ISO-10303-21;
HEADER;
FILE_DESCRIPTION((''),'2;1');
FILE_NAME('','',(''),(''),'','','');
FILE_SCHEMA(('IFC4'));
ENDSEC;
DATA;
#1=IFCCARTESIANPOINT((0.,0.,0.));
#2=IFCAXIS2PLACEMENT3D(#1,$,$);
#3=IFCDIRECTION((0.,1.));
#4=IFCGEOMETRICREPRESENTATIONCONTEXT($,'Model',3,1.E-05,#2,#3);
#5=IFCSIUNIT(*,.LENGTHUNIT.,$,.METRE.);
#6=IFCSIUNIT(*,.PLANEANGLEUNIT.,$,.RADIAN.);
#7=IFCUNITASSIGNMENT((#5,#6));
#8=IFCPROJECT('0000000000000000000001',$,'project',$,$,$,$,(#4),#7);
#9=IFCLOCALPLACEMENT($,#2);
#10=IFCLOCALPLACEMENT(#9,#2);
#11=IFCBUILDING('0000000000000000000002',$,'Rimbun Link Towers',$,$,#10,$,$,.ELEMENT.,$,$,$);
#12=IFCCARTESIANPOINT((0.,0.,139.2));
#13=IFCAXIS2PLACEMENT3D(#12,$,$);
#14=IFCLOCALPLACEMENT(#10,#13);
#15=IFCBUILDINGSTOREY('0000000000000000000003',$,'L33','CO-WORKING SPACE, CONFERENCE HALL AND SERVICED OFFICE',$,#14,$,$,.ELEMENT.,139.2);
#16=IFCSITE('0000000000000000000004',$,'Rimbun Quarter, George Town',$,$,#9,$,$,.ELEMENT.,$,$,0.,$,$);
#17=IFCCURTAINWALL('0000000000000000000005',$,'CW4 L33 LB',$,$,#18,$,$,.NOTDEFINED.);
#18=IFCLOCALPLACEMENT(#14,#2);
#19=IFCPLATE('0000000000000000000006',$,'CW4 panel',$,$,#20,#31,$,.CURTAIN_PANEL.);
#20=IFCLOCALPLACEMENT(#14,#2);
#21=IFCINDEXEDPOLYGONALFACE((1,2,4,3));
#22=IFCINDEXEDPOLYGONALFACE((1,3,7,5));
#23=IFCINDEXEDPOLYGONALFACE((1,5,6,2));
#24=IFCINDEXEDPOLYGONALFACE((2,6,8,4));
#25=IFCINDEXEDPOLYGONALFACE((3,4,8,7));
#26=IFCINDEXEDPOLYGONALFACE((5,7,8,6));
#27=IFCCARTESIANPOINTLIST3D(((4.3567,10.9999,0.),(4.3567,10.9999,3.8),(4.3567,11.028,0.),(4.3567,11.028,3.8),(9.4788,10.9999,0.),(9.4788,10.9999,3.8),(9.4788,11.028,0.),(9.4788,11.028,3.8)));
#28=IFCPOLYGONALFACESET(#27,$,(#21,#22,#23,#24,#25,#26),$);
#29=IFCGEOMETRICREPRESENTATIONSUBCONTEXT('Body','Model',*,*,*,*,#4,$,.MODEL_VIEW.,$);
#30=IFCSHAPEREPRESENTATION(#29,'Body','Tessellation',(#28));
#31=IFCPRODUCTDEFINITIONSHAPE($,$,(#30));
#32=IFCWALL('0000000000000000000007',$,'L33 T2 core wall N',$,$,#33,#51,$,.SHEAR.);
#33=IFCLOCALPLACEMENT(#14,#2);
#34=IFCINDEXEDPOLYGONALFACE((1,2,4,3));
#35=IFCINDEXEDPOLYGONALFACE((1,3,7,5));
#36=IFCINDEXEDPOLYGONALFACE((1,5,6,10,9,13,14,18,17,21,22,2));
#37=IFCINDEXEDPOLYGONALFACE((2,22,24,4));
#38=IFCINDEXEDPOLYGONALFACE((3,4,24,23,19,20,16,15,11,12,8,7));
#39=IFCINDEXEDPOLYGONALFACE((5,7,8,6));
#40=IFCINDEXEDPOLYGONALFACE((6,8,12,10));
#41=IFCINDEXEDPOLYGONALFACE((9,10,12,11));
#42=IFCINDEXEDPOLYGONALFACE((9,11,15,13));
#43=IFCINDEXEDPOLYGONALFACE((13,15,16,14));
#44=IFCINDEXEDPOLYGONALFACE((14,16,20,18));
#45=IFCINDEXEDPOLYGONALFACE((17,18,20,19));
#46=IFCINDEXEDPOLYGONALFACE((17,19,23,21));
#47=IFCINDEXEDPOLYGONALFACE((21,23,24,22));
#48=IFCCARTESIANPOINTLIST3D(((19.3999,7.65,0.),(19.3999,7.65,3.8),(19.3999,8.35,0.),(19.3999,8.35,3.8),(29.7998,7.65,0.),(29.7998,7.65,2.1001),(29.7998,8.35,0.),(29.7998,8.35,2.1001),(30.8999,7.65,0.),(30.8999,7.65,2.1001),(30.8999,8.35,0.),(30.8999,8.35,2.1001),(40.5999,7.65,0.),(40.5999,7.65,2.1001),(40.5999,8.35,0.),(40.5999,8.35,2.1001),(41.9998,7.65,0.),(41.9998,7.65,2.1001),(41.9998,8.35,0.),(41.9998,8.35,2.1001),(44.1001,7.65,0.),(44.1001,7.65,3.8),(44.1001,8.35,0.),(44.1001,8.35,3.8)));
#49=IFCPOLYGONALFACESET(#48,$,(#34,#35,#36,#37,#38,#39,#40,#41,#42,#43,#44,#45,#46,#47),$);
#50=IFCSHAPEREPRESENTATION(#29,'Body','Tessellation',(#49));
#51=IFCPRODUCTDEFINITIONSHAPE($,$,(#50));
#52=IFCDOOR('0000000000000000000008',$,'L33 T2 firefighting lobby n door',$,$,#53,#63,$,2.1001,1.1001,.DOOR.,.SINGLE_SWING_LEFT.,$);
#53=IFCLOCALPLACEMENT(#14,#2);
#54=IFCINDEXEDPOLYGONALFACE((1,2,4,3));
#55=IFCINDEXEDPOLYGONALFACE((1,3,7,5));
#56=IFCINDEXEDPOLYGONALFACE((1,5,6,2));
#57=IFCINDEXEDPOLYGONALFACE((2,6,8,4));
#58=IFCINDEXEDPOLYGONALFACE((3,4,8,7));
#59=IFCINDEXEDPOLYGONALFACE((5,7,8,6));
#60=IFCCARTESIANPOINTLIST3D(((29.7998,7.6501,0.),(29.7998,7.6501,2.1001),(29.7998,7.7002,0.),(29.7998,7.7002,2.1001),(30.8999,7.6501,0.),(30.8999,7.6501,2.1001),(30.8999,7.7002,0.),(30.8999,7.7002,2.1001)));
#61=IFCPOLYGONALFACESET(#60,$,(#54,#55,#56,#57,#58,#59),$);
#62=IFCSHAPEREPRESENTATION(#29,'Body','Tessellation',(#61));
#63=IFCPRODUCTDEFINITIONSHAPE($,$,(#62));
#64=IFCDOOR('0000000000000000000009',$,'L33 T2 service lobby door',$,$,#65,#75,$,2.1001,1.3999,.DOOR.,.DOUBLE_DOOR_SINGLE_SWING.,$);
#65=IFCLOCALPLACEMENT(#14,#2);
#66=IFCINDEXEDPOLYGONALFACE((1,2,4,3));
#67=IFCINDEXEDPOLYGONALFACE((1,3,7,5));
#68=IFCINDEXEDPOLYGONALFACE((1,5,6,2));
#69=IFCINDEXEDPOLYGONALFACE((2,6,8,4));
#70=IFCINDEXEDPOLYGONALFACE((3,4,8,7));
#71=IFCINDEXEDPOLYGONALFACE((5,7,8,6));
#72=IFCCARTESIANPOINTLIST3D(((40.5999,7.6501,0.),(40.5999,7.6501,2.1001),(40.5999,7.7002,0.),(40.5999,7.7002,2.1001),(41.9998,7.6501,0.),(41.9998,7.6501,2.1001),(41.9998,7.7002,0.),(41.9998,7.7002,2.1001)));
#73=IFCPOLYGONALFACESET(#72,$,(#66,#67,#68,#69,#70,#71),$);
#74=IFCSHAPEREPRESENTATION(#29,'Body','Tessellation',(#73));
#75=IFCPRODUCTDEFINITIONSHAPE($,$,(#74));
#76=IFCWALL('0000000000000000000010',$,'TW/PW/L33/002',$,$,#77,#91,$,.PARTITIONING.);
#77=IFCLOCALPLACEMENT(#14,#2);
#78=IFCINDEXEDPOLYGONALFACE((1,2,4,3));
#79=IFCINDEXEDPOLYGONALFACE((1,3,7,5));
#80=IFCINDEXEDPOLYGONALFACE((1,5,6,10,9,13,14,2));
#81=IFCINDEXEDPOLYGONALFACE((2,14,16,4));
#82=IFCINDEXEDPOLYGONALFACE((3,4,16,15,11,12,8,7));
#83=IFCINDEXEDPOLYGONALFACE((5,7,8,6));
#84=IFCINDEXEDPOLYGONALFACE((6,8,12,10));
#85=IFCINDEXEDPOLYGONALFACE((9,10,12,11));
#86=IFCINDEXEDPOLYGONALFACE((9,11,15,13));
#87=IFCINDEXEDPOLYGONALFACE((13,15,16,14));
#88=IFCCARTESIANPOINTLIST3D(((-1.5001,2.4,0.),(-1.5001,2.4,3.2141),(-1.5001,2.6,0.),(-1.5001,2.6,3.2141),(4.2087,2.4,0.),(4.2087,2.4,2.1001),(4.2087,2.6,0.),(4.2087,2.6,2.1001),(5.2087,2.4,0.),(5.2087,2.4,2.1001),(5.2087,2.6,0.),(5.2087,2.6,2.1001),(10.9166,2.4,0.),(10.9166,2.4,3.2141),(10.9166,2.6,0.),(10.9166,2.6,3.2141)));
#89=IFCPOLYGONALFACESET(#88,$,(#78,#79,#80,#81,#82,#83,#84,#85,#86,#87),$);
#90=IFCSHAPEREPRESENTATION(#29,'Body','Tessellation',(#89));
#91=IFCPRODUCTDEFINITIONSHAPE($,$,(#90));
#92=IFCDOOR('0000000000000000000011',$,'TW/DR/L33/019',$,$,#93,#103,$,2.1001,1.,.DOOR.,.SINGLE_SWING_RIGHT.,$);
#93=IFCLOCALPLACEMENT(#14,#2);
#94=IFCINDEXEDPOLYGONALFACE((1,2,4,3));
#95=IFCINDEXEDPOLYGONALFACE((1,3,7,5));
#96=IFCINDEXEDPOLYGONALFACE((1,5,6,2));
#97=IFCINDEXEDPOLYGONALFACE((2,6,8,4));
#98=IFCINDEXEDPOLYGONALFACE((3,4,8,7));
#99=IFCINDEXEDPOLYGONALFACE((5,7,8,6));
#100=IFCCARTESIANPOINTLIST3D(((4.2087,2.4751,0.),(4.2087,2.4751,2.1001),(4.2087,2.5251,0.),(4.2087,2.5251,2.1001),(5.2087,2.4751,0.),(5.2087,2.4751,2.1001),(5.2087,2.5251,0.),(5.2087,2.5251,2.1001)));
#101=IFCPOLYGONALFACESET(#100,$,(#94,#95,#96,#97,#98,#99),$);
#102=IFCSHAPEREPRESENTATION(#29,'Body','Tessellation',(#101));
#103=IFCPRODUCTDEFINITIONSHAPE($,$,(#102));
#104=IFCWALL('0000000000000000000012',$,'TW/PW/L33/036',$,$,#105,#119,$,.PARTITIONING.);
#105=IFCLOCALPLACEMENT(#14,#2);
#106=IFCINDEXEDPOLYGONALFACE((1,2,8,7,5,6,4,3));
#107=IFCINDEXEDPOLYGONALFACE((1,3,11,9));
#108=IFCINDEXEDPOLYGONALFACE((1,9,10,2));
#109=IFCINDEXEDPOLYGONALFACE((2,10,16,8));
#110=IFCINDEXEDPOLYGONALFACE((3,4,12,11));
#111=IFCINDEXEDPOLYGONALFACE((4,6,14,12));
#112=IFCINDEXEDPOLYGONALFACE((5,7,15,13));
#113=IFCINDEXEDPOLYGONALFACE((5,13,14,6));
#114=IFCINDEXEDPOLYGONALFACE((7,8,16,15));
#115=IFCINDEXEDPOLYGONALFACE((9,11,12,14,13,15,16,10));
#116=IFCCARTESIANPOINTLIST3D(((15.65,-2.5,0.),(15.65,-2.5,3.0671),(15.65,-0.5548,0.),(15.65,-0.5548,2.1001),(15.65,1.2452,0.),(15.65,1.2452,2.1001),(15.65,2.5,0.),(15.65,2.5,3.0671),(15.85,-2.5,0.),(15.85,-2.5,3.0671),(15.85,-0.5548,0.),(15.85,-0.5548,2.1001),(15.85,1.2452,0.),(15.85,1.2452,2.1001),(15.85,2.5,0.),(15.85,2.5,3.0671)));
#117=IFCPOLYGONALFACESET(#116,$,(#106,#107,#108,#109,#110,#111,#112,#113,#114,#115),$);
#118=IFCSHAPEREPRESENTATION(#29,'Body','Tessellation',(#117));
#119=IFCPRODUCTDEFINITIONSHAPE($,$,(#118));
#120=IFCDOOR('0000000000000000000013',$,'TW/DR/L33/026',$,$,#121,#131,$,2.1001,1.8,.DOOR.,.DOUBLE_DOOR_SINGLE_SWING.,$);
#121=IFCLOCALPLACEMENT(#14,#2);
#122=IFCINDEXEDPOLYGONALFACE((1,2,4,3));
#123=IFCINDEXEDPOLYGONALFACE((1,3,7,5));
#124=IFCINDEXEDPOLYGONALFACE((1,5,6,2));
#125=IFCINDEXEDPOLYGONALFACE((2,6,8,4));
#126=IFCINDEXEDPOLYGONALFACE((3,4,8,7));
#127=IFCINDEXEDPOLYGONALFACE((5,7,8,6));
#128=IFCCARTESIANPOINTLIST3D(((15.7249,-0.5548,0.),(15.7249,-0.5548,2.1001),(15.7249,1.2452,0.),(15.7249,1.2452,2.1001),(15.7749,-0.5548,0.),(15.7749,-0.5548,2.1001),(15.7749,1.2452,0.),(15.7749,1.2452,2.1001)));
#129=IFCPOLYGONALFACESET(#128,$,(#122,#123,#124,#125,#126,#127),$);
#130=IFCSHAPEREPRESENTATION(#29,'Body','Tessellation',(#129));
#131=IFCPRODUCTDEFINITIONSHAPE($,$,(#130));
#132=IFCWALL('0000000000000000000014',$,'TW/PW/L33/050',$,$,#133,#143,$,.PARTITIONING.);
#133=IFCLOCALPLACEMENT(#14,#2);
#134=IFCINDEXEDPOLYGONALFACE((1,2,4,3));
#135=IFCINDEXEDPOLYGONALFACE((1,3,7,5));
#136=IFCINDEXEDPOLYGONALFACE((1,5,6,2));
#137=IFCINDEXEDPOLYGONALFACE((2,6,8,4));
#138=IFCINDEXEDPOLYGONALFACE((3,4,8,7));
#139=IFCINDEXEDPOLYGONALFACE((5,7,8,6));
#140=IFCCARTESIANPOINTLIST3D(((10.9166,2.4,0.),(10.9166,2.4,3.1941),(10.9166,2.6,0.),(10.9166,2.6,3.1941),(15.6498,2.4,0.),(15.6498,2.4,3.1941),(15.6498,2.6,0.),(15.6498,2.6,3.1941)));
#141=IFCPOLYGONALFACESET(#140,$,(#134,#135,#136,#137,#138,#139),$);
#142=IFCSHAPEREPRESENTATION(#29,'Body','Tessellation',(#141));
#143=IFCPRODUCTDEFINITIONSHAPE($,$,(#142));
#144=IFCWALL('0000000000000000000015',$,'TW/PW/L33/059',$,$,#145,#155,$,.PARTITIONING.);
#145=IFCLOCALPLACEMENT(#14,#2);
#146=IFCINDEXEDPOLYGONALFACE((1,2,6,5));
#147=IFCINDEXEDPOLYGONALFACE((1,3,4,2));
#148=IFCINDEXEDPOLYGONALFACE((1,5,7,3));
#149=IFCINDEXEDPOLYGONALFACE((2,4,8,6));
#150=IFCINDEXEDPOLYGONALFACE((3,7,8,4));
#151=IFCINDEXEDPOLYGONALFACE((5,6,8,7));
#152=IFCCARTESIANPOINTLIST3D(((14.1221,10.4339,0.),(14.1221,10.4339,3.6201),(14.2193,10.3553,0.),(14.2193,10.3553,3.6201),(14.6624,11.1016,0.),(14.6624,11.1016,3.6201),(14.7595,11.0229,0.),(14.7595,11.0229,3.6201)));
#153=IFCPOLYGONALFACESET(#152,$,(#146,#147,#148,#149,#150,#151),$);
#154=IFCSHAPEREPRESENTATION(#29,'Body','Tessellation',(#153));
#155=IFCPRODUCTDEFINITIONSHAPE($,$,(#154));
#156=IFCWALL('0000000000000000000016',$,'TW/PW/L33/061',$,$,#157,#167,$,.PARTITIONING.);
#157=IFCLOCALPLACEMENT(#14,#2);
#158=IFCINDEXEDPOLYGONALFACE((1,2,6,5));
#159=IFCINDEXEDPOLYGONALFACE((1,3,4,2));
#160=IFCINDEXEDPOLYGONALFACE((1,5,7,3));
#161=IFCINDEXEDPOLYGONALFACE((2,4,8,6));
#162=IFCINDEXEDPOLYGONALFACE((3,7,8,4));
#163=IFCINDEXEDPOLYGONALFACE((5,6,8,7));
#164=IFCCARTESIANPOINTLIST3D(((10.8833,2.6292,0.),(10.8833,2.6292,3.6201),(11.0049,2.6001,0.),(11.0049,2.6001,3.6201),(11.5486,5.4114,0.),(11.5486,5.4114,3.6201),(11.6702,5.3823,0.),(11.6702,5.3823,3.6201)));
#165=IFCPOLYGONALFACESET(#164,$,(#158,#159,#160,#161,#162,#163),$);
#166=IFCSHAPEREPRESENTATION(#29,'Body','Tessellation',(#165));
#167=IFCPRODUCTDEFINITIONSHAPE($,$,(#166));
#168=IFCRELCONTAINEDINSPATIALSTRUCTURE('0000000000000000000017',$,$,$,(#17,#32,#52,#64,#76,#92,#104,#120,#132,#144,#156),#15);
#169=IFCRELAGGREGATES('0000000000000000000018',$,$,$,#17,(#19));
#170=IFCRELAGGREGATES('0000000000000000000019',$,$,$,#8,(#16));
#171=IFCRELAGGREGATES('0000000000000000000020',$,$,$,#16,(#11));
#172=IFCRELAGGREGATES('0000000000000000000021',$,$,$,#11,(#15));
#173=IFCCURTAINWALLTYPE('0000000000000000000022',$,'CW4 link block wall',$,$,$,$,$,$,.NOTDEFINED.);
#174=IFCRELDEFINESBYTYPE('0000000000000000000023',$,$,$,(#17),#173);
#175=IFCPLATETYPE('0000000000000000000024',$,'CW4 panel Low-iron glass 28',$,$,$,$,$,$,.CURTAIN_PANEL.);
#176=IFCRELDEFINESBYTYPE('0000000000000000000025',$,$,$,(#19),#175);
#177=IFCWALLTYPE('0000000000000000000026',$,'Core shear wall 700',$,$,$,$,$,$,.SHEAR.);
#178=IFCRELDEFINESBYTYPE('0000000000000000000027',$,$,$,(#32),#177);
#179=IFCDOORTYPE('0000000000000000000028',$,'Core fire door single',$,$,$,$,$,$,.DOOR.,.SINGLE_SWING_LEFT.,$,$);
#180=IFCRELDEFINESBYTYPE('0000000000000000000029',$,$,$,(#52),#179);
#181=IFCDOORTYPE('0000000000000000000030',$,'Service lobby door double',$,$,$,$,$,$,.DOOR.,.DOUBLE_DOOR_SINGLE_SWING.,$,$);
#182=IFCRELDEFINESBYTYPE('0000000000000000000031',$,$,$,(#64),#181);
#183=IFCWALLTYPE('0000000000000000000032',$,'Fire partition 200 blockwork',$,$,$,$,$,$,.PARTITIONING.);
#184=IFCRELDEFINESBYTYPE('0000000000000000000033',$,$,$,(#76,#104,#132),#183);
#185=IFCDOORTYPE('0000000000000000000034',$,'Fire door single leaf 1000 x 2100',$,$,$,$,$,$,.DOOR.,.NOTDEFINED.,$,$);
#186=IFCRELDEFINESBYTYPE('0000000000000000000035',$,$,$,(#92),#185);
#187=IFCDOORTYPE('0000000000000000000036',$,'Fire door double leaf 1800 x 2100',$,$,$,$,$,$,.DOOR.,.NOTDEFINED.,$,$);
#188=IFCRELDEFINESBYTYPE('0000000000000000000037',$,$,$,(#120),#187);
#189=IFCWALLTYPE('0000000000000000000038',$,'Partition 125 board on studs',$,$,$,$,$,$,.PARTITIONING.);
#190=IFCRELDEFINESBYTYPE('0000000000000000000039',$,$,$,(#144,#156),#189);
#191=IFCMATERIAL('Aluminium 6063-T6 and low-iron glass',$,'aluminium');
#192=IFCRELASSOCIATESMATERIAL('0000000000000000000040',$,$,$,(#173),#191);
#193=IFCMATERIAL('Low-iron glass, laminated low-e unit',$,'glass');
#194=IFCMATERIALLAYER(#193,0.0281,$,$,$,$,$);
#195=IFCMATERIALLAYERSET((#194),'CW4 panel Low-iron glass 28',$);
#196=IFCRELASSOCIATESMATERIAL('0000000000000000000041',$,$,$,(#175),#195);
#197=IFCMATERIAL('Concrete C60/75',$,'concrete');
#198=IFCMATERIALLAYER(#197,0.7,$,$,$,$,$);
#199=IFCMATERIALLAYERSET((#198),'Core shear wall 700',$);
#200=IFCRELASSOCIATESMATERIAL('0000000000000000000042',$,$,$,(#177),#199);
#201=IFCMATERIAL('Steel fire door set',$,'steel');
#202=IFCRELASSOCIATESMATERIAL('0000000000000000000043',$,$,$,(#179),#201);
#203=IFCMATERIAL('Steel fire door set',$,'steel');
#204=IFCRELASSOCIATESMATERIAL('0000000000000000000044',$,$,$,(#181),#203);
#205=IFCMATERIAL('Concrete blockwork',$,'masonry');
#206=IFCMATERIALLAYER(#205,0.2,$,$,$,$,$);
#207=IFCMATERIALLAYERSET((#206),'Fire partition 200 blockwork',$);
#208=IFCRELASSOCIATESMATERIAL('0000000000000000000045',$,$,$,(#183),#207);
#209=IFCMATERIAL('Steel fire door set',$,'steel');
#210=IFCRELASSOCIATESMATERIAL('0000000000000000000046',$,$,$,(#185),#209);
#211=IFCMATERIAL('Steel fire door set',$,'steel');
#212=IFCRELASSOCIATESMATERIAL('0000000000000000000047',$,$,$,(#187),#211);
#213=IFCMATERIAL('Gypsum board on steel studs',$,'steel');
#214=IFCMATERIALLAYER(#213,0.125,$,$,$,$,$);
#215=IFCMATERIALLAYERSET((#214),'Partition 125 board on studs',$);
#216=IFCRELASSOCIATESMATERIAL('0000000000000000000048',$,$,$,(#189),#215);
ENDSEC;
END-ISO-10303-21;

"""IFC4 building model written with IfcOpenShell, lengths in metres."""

from ifc_helpers import new_model, si_unit, direction, frame, frame_2d, origin, origin_2d, place, context, subcontext, project, spatial, rectangle, extrude, material, layer, layer_set, type_object, element, fill, aggregate, save


model = new_model("IFC4")

# Units and contexts
model_context = context("Model", 3, precision=1e-05, world=origin(), true_north=direction((0.0, 1.0)))
body_context = subcontext(model_context, "Body", "Model", "MODEL_VIEW")
ifc_project = project(units=[si_unit("LENGTHUNIT", "METRE"), si_unit("PLANEANGLEUNIT", "RADIAN")], contexts=[model_context])

# Site, building, storey
site_placement = place(None, origin())
site = spatial("IfcSite", under=ifc_project, at=site_placement, Name="Rimbun Quarter, George Town", CompositionType="ELEMENT", RefElevation=0.0)
building_placement = place(site_placement, origin())
building = spatial("IfcBuilding", under=site, at=building_placement, Name="Rimbun Link Towers", CompositionType="ELEMENT")
storey_placement = place(building_placement, frame((0.0, 0.0, 139.2)))
storey = spatial("IfcBuildingStorey", under=building, at=storey_placement, Name="L33", Description="CO-WORKING SPACE, CONFERENCE HALL AND SERVICED OFFICE", CompositionType="ELEMENT", Elevation=139.2)

# Curtain wall
ifc_material_1 = material(Name="Aluminium 6063-T6 and low-iron glass", Category="aluminium")
curtain_wall_type = type_object("IfcCurtainWallType", Name="CW4 link block wall", PredefinedType="NOTDEFINED", material=ifc_material_1)
curtain_wall_placement = place(storey_placement, origin())
curtain_wall = element("IfcCurtainWall", 1, at=curtain_wall_placement, inside=storey, type_object=curtain_wall_type, Name="CW4 L33 LB", PredefinedType="NOTDEFINED")

# Plate
ifc_material_2 = material(Name="Low-iron glass, laminated low-e unit", Category="glass")
ifc_layer_1 = layer(ifc_material_2, 0.0281)
ifc_layer_set_1 = layer_set([ifc_layer_1], Name="CW4 panel Low-iron glass 28")
plate_type_1 = type_object("IfcPlateType", Name="CW4 panel Low-iron glass 28", PredefinedType="CURTAIN_PANEL", material=ifc_layer_set_1)
plate_1_placement = place(storey_placement, frame((6.9177, 11.0139, 0.0), z_axis=(0.0, 0.0, 1.0), x_axis=(1.0, 0.0, 0.0)))
plate_1 = element("IfcPlate", 2, at=plate_1_placement, type_object=plate_type_1, Name="CW4 panel", PredefinedType="CURTAIN_PANEL", context=body_context, shape_type="SweptSolid", body=[
    extrude(rectangle(XDim=5.1221, YDim=0.0281, at=origin_2d()), origin(), (0.0, 0.0, 1.0), 3.8),
])
aggregate(curtain_wall, [plate_1])

# Wall, openings, doors
ifc_material_3 = material(Name="Concrete C60/75", Category="concrete")
ifc_layer_2 = layer(ifc_material_3, 0.7)
ifc_layer_set_2 = layer_set([ifc_layer_2], Name="Core shear wall 700")
wall_type_1 = type_object("IfcWallType", Name="Core shear wall 700", PredefinedType="SHEAR", material=ifc_layer_set_2)
wall_1_placement = place(storey_placement, frame((19.3999, 8.0, 0.0), z_axis=(0.0, 0.0, 1.0), x_axis=(1.0, 0.0, 0.0)))
wall_1 = element("IfcWall", 3, at=wall_1_placement, inside=storey, type_object=wall_type_1, Name="L33 T2 core wall N", PredefinedType="SHEAR", context=body_context, shape_type="SweptSolid", body=[
    extrude(rectangle(XDim=24.7002, YDim=0.7, at=frame_2d((12.3501, 0.0))), origin(), (0.0, 0.0, 1.0), 3.8),
])
opening_1_placement = place(wall_1_placement, frame((10.3999, 0.0, 0.0)))
opening_1 = element("IfcOpeningElement", 4, at=opening_1_placement, cuts=wall_1, PredefinedType="OPENING", context=body_context, shape_type="SweptSolid", body=[
    extrude(rectangle(XDim=1.1001, YDim=2.1001, at=frame_2d((0.55, 1.05))), frame((0.0, 0.3599, 0.0), z_axis=(0.0, -1.0, 0.0), x_axis=(1.0, 0.0, 0.0)), (0.0, 0.0, 1.0), 0.72),
])
opening_2_placement = place(wall_1_placement, frame((21.2, 0.0, 0.0)))
opening_2 = element("IfcOpeningElement", 5, at=opening_2_placement, cuts=wall_1, PredefinedType="OPENING", context=body_context, shape_type="SweptSolid", body=[
    extrude(rectangle(XDim=1.3999, YDim=2.1001, at=frame_2d((0.7, 1.05))), frame((0.0, 0.3599, 0.0), z_axis=(0.0, -1.0, 0.0), x_axis=(1.0, 0.0, 0.0)), (0.0, 0.0, 1.0), 0.72),
])
ifc_material_4 = material(Name="Steel fire door set", Category="steel")
door_type_1 = type_object("IfcDoorType", Name="Core fire door single", OperationType="SINGLE_SWING_LEFT", PredefinedType="DOOR", material=ifc_material_4)
door_1_placement = place(opening_1_placement, origin())
door_1 = element("IfcDoor", 6, at=door_1_placement, inside=storey, type_object=door_type_1, Name="L33 T2 firefighting lobby n door", OperationType="SINGLE_SWING_LEFT", OverallHeight=2.1001, OverallWidth=1.1001, PredefinedType="DOOR", context=body_context, shape_type="SweptSolid", body=[
    extrude(rectangle(XDim=1.1001, YDim=2.1001, at=frame_2d((0.55, 1.05))), frame((0.0, -0.2998, 0.0), z_axis=(0.0, -1.0, 0.0), x_axis=(1.0, 0.0, 0.0)), (0.0, 0.0, 1.0), 0.05),
])
fill(opening_1, door_1)
ifc_material_5 = material(Name="Steel fire door set", Category="steel")
door_type_2 = type_object("IfcDoorType", Name="Service lobby door double", OperationType="DOUBLE_DOOR_SINGLE_SWING", PredefinedType="DOOR", material=ifc_material_5)
door_2_placement = place(opening_2_placement, origin())
door_2 = element("IfcDoor", 7, at=door_2_placement, inside=storey, type_object=door_type_2, Name="L33 T2 service lobby door", OperationType="DOUBLE_DOOR_SINGLE_SWING", OverallHeight=2.1001, OverallWidth=1.3999, PredefinedType="DOOR", context=body_context, shape_type="SweptSolid", body=[
    extrude(rectangle(XDim=1.3999, YDim=2.1001, at=frame_2d((0.7, 1.05))), frame((0.0, -0.2998, 0.0), z_axis=(0.0, -1.0, 0.0), x_axis=(1.0, 0.0, 0.0)), (0.0, 0.0, 1.0), 0.05),
])
fill(opening_2, door_2)

# Walls, openings, doors
ifc_material_6 = material(Name="Concrete blockwork", Category="masonry")
ifc_layer_3 = layer(ifc_material_6, 0.2)
ifc_layer_set_3 = layer_set([ifc_layer_3], Name="Fire partition 200 blockwork")
wall_type_2 = type_object("IfcWallType", Name="Fire partition 200 blockwork", PredefinedType="PARTITIONING", material=ifc_layer_set_3)
wall_2_placement = place(storey_placement, frame((10.9167, 2.5, 0.0), z_axis=(0.0, 0.0, 1.0), x_axis=(-1.0, 0.0, 0.0)))
wall_2 = element("IfcWall", 8, at=wall_2_placement, inside=storey, type_object=wall_type_2, Name="TW/PW/L33/002", PredefinedType="PARTITIONING", context=body_context, shape_type="SweptSolid", body=[
    extrude(rectangle(XDim=12.4167, YDim=0.2, at=frame_2d((6.2085, 0.0))), origin(), (0.0, 0.0, 1.0), 3.2141),
])
opening_3_placement = place(wall_2_placement, frame((5.708, 0.0, 0.0)))
opening_3 = element("IfcOpeningElement", 9, at=opening_3_placement, cuts=wall_2, PredefinedType="OPENING", context=body_context, shape_type="SweptSolid", body=[
    extrude(rectangle(XDim=1.0, YDim=2.1001, at=frame_2d((0.5, 1.05))), frame((0.0, 0.1099, 0.0), z_axis=(0.0, -1.0, 0.0), x_axis=(1.0, 0.0, 0.0)), (0.0, 0.0, 1.0), 0.22),
])
ifc_material_7 = material(Name="Steel fire door set", Category="steel")
door_type_3 = type_object("IfcDoorType", Name="Fire door single leaf 1000 x 2100", OperationType="NOTDEFINED", PredefinedType="DOOR", material=ifc_material_7)
door_3_placement = place(opening_3_placement, origin())
door_3 = element("IfcDoor", 10, at=door_3_placement, inside=storey, type_object=door_type_3, Name="TW/DR/L33/019", OperationType="SINGLE_SWING_RIGHT", OverallHeight=2.1001, OverallWidth=1.0, PredefinedType="DOOR", context=body_context, shape_type="SweptSolid", body=[
    extrude(rectangle(XDim=1.0, YDim=2.1001, at=frame_2d((0.5, 1.05))), frame((0.0, 0.0249, 0.0), z_axis=(0.0, -1.0, 0.0), x_axis=(1.0, 0.0, 0.0)), (0.0, 0.0, 1.0), 0.05),
])
fill(opening_3, door_3)
wall_3_placement = place(storey_placement, frame((15.75, 2.5, 0.0), z_axis=(0.0, 0.0, 1.0), x_axis=(0.0, -1.0, 0.0)))
wall_3 = element("IfcWall", 11, at=wall_3_placement, inside=storey, type_object=wall_type_2, Name="TW/PW/L33/036", PredefinedType="PARTITIONING", context=body_context, shape_type="SweptSolid", body=[
    extrude(rectangle(XDim=5.0, YDim=0.2, at=frame_2d((2.5, 0.0))), origin(), (0.0, 0.0, 1.0), 3.0671),
])
opening_4_placement = place(wall_3_placement, frame((1.2549, 0.0, 0.0)))
opening_4 = element("IfcOpeningElement", 12, at=opening_4_placement, cuts=wall_3, PredefinedType="OPENING", context=body_context, shape_type="SweptSolid", body=[
    extrude(rectangle(XDim=1.8, YDim=2.1001, at=frame_2d((0.8999, 1.05))), frame((0.0, 0.1099, 0.0), z_axis=(0.0, -1.0, 0.0), x_axis=(1.0, 0.0, 0.0)), (0.0, 0.0, 1.0), 0.22),
])
ifc_material_8 = material(Name="Steel fire door set", Category="steel")
door_type_4 = type_object("IfcDoorType", Name="Fire door double leaf 1800 x 2100", OperationType="NOTDEFINED", PredefinedType="DOOR", material=ifc_material_8)
door_4_placement = place(opening_4_placement, origin())
door_4 = element("IfcDoor", 13, at=door_4_placement, inside=storey, type_object=door_type_4, Name="TW/DR/L33/026", OperationType="DOUBLE_DOOR_SINGLE_SWING", OverallHeight=2.1001, OverallWidth=1.8, PredefinedType="DOOR", context=body_context, shape_type="SweptSolid", body=[
    extrude(rectangle(XDim=1.8, YDim=2.1001, at=frame_2d((0.8999, 1.05))), frame((0.0, 0.0249, 0.0), z_axis=(0.0, -1.0, 0.0), x_axis=(1.0, 0.0, 0.0)), (0.0, 0.0, 1.0), 0.05),
])
fill(opening_4, door_4)

# Walls
wall_4_placement = place(storey_placement, frame((15.6499, 2.5, 0.0), z_axis=(0.0, 0.0, 1.0), x_axis=(-1.0, 0.0, 0.0)))
element("IfcWall", 14, at=wall_4_placement, inside=storey, type_object=wall_type_2, Name="TW/PW/L33/050", PredefinedType="PARTITIONING", context=body_context, shape_type="SweptSolid", body=[
    extrude(rectangle(XDim=4.7332, YDim=0.2, at=frame_2d((2.3667, 0.0))), origin(), (0.0, 0.0, 1.0), 3.1941),
])
ifc_material_9 = material(Name="Gypsum board on steel studs", Category="steel")
ifc_layer_4 = layer(ifc_material_9, 0.125)
ifc_layer_set_4 = layer_set([ifc_layer_4], Name="Partition 125 board on studs")
wall_type_3 = type_object("IfcWallType", Name="Partition 125 board on studs", PredefinedType="PARTITIONING", material=ifc_layer_set_4)
wall_5_placement = place(storey_placement, frame((14.7109, 11.0623, 0.0), z_axis=(0.0, 0.0, 1.0), x_axis=(-0.629018, -0.77739, 0.0)))
element("IfcWall", 15, at=wall_5_placement, inside=storey, type_object=wall_type_3, Name="TW/PW/L33/059", PredefinedType="PARTITIONING", context=body_context, shape_type="SweptSolid", body=[
    extrude(rectangle(XDim=0.8589, YDim=0.125, at=frame_2d((0.4294, 0.0))), origin(), (0.0, 0.0, 1.0), 3.6201),
])
wall_6_placement = place(storey_placement, frame((11.6094, 5.3967, 0.0), z_axis=(0.0, 0.0, 1.0), x_axis=(-0.232563, -0.972581, 0.0)))
element("IfcWall", 16, at=wall_6_placement, inside=storey, type_object=wall_type_3, Name="TW/PW/L33/061", PredefinedType="PARTITIONING", context=body_context, shape_type="SweptSolid", body=[
    extrude(rectangle(XDim=2.8606, YDim=0.125, at=frame_2d((1.4302, 0.0))), origin(), (0.0, 0.0, 1.0), 3.6201),
])

save(model, "model.ifc")
